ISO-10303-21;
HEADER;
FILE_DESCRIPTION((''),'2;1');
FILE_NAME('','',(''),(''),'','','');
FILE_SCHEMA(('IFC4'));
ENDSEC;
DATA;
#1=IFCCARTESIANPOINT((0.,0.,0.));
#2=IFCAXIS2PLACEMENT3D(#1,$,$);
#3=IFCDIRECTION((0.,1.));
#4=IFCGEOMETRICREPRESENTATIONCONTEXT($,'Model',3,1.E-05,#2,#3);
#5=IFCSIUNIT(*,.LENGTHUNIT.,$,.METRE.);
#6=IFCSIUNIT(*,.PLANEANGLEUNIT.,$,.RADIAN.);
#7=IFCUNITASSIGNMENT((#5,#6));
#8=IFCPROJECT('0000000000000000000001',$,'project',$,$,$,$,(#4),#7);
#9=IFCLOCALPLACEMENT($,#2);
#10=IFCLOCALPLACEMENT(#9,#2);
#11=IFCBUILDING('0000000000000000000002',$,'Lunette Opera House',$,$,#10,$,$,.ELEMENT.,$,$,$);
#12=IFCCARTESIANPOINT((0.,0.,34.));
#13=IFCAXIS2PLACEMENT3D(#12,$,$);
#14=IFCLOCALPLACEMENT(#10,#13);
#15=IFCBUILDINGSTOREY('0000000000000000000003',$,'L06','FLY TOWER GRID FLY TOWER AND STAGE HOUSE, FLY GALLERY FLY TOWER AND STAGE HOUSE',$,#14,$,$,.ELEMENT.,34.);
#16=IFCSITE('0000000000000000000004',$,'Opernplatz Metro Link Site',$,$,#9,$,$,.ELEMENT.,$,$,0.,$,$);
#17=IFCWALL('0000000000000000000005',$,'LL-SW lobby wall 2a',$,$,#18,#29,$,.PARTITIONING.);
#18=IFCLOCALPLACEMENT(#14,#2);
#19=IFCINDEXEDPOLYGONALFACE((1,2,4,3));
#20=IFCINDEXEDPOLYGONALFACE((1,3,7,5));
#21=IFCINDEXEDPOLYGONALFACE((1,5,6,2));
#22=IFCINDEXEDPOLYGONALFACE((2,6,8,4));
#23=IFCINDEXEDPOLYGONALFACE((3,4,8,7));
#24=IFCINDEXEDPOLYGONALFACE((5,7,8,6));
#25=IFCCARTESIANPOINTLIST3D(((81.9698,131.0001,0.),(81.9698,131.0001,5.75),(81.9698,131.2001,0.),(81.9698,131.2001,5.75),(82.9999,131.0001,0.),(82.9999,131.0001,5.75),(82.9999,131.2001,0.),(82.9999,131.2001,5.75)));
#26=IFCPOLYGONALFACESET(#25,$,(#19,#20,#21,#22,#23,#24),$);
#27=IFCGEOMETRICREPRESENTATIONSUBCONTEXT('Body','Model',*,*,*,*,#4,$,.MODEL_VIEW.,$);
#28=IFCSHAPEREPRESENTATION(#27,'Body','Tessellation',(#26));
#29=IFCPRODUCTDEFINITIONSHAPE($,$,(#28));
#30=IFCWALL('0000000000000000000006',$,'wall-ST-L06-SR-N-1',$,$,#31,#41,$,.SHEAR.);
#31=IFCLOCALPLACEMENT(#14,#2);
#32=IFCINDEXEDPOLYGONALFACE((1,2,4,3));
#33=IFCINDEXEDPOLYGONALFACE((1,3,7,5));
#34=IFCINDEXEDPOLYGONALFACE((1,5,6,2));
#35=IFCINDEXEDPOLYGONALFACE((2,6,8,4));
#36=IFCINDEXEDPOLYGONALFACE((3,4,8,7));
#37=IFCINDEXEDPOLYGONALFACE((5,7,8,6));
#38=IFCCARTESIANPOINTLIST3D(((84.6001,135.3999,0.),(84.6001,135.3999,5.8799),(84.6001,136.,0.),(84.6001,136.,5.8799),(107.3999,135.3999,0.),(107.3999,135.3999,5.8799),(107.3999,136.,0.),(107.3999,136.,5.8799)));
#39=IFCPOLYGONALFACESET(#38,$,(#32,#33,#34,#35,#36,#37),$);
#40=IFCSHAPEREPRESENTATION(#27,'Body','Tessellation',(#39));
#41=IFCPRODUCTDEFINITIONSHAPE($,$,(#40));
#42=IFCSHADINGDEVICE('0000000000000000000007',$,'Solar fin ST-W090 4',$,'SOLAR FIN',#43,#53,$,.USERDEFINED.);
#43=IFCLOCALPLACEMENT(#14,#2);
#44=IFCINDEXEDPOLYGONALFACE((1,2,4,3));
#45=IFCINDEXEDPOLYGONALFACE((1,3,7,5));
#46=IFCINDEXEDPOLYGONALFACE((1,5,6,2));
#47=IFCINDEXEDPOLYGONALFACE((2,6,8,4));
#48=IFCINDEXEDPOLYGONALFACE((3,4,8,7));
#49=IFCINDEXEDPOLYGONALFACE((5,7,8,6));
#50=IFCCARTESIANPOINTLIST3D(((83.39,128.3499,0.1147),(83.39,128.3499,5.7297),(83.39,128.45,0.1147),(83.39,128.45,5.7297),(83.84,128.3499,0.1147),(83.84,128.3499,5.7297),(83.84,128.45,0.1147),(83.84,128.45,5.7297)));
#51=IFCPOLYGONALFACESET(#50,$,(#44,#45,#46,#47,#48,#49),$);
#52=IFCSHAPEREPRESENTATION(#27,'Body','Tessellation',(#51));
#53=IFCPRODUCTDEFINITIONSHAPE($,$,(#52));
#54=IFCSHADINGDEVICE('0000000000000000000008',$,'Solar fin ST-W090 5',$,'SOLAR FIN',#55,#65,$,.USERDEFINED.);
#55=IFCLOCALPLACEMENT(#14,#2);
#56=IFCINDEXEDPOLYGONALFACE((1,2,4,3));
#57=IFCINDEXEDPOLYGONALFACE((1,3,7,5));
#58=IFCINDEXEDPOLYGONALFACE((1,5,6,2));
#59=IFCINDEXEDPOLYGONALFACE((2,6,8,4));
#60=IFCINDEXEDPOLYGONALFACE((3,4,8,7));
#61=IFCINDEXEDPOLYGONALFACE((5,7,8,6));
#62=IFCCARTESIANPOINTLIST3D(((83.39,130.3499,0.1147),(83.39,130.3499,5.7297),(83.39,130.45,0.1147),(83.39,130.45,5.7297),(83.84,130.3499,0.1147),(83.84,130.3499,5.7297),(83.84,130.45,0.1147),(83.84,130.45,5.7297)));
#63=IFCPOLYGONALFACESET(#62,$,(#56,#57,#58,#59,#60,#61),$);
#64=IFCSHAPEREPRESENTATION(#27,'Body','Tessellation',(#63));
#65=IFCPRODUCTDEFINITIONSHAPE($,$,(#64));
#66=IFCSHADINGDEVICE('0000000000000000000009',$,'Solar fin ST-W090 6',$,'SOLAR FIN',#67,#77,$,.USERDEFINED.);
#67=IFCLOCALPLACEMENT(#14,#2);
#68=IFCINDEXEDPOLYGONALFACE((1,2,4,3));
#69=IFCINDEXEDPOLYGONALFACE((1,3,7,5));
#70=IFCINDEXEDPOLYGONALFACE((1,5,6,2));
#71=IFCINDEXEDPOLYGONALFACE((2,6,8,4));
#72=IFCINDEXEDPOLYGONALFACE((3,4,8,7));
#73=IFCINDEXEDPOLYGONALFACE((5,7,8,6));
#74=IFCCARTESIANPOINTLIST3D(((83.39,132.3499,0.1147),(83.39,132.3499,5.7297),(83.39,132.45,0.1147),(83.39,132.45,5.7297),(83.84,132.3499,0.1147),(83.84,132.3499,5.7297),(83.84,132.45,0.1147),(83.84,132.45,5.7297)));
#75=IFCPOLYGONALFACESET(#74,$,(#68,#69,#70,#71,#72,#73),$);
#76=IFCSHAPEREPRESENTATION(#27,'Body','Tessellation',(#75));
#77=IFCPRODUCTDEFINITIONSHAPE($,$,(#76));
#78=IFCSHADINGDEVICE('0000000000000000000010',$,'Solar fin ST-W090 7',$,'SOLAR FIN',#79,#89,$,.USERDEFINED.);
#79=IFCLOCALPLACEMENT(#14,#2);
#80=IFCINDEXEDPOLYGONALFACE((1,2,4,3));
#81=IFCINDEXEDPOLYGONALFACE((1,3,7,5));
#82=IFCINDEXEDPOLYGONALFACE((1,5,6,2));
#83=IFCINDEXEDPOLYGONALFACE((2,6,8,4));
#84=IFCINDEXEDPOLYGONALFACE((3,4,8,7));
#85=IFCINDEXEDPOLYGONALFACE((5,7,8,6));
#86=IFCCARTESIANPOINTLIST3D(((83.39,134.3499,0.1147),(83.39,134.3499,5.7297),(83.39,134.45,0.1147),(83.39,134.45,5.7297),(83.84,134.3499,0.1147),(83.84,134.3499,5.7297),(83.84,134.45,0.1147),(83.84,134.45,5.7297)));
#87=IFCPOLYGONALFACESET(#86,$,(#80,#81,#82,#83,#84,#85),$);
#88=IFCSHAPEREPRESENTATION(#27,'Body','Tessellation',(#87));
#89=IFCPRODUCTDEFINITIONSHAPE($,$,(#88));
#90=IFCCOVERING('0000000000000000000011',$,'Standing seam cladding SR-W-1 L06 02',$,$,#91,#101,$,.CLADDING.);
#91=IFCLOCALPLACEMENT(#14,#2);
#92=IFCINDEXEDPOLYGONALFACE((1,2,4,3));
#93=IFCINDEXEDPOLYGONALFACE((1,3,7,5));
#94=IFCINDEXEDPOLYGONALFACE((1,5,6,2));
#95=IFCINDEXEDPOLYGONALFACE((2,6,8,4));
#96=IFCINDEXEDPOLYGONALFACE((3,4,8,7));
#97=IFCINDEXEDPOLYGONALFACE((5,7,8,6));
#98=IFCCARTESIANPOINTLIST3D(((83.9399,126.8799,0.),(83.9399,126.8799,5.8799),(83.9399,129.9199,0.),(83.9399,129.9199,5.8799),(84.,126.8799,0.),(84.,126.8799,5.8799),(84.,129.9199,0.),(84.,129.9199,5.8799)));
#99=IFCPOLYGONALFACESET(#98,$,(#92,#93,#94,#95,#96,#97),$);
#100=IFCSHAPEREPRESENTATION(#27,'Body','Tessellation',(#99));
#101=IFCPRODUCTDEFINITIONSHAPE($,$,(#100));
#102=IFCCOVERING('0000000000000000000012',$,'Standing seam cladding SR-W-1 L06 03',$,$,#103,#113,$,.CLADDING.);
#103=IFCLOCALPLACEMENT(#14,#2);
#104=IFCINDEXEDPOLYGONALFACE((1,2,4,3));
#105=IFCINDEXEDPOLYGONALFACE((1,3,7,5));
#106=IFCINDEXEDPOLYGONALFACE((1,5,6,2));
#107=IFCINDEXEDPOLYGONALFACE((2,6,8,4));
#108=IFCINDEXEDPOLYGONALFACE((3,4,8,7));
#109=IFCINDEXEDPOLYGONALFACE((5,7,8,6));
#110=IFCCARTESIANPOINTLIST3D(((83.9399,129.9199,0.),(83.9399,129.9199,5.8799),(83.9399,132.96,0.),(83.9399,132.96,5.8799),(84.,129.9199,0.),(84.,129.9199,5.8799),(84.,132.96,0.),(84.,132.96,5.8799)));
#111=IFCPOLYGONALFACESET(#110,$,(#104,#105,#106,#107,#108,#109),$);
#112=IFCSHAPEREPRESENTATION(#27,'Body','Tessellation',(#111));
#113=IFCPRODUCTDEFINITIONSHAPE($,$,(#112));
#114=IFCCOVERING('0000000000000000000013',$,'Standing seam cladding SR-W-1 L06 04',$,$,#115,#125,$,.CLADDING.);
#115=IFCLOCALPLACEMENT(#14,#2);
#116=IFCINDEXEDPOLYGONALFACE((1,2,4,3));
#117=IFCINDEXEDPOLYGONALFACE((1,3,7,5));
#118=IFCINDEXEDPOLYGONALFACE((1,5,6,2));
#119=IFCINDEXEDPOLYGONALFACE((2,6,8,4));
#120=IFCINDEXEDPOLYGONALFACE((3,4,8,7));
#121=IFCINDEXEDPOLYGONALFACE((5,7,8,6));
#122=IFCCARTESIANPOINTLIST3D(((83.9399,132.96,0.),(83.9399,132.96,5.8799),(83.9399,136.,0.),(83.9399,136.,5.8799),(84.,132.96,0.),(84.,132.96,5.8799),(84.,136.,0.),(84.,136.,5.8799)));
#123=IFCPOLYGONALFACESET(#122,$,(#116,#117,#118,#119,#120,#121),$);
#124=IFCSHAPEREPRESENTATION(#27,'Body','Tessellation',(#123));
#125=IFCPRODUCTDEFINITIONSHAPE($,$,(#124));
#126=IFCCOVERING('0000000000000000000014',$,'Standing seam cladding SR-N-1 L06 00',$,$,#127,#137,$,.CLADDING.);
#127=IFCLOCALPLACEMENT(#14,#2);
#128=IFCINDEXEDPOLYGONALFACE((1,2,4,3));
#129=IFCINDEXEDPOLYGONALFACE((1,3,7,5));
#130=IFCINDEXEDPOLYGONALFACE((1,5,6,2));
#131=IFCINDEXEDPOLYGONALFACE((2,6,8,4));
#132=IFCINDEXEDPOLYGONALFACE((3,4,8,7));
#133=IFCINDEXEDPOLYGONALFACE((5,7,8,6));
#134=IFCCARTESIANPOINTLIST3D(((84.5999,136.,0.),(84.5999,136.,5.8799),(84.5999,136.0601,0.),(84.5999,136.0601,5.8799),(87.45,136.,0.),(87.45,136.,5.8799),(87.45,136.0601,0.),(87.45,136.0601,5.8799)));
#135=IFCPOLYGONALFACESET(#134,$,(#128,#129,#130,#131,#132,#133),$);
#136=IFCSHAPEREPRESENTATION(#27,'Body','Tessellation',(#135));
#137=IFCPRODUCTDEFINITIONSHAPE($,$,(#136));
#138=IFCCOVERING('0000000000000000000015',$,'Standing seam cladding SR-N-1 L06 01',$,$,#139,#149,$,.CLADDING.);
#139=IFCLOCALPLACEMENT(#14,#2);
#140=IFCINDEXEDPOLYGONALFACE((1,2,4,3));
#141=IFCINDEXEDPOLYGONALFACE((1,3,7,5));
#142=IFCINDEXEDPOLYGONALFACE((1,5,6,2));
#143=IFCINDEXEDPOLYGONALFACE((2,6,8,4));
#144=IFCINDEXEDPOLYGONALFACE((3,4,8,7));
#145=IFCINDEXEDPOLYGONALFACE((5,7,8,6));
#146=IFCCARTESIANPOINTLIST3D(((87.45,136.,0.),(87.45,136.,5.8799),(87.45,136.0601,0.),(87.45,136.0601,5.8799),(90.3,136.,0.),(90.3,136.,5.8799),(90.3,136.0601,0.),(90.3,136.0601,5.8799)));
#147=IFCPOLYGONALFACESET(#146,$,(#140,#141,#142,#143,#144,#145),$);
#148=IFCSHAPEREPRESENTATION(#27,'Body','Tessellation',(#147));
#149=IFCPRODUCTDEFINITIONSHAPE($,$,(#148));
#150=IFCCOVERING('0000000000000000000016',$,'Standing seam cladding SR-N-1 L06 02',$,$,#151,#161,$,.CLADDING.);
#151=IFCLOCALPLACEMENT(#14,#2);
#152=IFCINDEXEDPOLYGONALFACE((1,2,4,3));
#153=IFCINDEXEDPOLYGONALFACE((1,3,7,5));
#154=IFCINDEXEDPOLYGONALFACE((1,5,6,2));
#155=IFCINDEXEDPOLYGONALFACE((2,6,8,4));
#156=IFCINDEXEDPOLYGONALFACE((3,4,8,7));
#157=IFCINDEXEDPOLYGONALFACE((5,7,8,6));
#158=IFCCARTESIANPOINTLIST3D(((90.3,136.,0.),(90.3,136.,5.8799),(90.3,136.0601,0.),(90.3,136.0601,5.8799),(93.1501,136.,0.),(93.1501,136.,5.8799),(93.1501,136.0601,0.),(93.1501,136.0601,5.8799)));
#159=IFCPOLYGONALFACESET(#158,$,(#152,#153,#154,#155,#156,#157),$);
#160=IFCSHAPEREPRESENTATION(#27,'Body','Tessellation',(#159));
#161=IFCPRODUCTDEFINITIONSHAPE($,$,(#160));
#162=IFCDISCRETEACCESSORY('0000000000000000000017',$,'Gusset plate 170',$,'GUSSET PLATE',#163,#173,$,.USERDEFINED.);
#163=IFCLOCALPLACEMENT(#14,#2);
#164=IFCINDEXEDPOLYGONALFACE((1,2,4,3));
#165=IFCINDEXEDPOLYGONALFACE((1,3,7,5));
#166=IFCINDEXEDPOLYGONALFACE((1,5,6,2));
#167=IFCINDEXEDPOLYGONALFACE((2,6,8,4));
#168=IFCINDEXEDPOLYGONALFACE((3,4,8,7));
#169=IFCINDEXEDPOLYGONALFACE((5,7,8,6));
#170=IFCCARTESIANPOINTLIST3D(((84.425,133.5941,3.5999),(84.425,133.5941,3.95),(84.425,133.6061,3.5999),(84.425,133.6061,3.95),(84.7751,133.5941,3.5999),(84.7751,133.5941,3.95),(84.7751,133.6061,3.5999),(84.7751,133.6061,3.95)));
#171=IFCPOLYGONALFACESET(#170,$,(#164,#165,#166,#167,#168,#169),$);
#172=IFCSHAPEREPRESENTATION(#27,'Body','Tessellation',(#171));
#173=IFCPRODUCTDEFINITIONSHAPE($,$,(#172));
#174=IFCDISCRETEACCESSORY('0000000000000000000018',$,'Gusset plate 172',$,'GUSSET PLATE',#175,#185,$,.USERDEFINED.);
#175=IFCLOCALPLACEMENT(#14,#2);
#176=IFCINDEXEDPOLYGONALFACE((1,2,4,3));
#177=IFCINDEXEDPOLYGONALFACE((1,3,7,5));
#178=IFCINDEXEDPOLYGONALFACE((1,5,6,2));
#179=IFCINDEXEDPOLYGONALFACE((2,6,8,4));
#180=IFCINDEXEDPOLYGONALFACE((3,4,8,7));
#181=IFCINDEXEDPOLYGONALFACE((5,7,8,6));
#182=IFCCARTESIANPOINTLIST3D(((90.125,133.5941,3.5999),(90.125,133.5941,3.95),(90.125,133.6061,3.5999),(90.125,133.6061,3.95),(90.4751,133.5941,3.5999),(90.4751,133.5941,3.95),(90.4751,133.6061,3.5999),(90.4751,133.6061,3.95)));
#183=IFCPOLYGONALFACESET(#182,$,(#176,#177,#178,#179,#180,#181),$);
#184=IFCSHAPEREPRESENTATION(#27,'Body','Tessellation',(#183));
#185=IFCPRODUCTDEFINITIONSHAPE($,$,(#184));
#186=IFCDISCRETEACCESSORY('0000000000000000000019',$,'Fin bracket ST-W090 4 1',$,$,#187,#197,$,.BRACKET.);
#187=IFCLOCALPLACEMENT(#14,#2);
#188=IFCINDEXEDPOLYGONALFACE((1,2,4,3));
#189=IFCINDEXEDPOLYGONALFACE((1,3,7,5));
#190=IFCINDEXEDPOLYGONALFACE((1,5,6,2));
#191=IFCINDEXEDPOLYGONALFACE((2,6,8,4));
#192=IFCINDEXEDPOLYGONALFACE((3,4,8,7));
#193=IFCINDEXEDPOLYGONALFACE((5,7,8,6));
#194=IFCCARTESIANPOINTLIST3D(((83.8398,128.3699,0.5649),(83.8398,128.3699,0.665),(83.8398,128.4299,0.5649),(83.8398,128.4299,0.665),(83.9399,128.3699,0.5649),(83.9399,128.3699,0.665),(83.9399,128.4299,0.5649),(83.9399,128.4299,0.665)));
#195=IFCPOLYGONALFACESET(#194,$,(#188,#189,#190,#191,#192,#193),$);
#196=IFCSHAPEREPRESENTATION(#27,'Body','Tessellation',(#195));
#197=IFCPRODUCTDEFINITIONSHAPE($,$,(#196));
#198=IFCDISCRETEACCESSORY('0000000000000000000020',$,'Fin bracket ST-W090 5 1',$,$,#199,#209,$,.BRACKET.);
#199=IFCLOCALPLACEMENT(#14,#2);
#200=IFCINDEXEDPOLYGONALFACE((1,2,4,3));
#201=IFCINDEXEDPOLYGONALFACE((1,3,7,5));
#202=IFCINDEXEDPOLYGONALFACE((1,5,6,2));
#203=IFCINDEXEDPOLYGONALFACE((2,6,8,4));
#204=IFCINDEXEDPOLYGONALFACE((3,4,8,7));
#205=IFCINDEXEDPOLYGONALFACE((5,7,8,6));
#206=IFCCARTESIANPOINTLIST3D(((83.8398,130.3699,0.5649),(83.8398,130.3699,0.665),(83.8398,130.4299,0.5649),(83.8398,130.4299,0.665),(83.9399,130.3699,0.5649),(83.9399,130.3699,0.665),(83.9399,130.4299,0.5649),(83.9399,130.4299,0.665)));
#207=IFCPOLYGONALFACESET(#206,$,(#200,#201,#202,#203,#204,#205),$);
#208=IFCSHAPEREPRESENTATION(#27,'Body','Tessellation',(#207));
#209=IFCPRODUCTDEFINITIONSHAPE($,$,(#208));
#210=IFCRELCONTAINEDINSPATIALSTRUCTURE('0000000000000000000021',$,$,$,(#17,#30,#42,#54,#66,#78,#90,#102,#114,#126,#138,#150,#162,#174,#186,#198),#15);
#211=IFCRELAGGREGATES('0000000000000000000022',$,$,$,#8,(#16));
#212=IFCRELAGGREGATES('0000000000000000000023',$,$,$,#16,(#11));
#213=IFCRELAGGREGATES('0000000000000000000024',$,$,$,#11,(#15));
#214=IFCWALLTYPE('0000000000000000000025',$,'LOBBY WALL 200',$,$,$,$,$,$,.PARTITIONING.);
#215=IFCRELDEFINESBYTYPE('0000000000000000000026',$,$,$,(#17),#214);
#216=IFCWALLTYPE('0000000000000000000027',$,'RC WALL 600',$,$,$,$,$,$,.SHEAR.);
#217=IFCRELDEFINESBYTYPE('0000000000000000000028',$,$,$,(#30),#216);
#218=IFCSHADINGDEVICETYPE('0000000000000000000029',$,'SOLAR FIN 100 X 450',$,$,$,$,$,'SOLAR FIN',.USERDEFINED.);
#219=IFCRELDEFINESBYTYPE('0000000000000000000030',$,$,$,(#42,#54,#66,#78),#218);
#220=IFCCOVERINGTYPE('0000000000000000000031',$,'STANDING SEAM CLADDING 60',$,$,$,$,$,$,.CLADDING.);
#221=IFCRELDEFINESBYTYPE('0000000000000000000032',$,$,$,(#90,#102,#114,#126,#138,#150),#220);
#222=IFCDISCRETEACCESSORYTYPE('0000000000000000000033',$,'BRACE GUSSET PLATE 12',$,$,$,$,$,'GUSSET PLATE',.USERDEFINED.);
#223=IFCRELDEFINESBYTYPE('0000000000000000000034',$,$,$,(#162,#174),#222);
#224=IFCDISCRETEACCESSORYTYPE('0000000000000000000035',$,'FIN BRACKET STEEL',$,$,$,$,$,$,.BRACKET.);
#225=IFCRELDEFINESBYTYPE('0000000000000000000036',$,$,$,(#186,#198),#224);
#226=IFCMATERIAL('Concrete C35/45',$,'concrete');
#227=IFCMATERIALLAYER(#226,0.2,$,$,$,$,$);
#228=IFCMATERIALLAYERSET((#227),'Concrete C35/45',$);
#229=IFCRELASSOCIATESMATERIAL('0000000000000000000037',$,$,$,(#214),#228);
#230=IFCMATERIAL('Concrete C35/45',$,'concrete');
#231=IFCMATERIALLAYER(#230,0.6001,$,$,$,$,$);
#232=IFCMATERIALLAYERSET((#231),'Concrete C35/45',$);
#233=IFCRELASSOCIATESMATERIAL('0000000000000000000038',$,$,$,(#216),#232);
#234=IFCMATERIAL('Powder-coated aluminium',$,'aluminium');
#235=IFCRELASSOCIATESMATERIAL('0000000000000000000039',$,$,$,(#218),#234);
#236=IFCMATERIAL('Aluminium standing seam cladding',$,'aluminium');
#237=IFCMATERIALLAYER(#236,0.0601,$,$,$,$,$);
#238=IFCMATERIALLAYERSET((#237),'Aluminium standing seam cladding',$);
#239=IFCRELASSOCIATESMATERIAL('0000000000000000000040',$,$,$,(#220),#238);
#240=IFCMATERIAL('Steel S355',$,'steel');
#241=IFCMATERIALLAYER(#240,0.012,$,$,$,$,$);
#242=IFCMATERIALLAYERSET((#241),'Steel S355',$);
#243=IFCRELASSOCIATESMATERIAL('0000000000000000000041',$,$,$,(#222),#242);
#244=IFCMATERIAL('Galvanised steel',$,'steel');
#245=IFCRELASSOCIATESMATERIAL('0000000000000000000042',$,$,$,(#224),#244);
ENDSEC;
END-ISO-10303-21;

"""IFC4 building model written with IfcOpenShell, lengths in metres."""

from ifc_helpers import new_model, si_unit, direction, frame, frame_2d, origin, origin_2d, place, context, subcontext, project, spatial, rectangle, extrude, material, layer, layer_set, type_object, element, save


model = new_model("IFC4")

# Units and contexts
model_context = context("Model", 3, precision=1e-05, world=origin(), true_north=direction((0.0, 1.0)))
body_context = subcontext(model_context, "Body", "Model", "MODEL_VIEW")
ifc_project = project(units=[si_unit("LENGTHUNIT", "METRE"), si_unit("PLANEANGLEUNIT", "RADIAN")], contexts=[model_context])

# Site, building, storey
site_placement = place(None, origin())
site = spatial("IfcSite", under=ifc_project, at=site_placement, Name="Opernplatz Metro Link Site", CompositionType="ELEMENT", RefElevation=0.0)
building_placement = place(site_placement, origin())
building = spatial("IfcBuilding", under=site, at=building_placement, Name="Lunette Opera House", CompositionType="ELEMENT")
storey_placement = place(building_placement, frame((0.0, 0.0, 34.0)))
storey = spatial("IfcBuildingStorey", under=building, at=storey_placement, Name="L06", Description="FLY TOWER GRID FLY TOWER AND STAGE HOUSE, FLY GALLERY FLY TOWER AND STAGE HOUSE", CompositionType="ELEMENT", Elevation=34.0)

# Walls
ifc_material_1 = material(Name="Concrete C35/45", Category="concrete")
ifc_layer_1 = layer(ifc_material_1, 0.2)
ifc_layer_set_1 = layer_set([ifc_layer_1], Name="Concrete C35/45")
wall_type_1 = type_object("IfcWallType", Name="LOBBY WALL 200", PredefinedType="PARTITIONING", material=ifc_layer_set_1)
wall_1_placement = place(storey_placement, frame((83.0, 131.1001, 0.0), z_axis=(0.0, 0.0, 1.0), x_axis=(-1.0, 0.0, 0.0)))
element("IfcWall", 1, at=wall_1_placement, inside=storey, type_object=wall_type_1, Name="LL-SW lobby wall 2a", PredefinedType="PARTITIONING", context=body_context, shape_type="SweptSolid", body=[
    extrude(rectangle(XDim=1.03, YDim=0.2, at=frame_2d((0.5151, 0.0))), origin(), (0.0, 0.0, 1.0), 5.75),
])
ifc_material_2 = material(Name="Concrete C35/45", Category="concrete")
ifc_layer_2 = layer(ifc_material_2, 0.6001)
ifc_layer_set_2 = layer_set([ifc_layer_2], Name="Concrete C35/45")
wall_type_2 = type_object("IfcWallType", Name="RC WALL 600", PredefinedType="SHEAR", material=ifc_layer_set_2)
wall_2_placement = place(storey_placement, frame((84.6001, 135.7, 0.0), z_axis=(0.0, 0.0, 1.0), x_axis=(1.0, 0.0, 0.0)))
element("IfcWall", 2, at=wall_2_placement, inside=storey, type_object=wall_type_2, Name="wall-ST-L06-SR-N-1", PredefinedType="SHEAR", context=body_context, shape_type="SweptSolid", body=[
    extrude(rectangle(XDim=22.7998, YDim=0.6001, at=frame_2d((11.3999, 0.0))), origin(), (0.0, 0.0, 1.0), 5.8799),
])

# Shading devices
ifc_material_3 = material(Name="Powder-coated aluminium", Category="aluminium")
shading_device_type = type_object("IfcShadingDeviceType", Name="SOLAR FIN 100 X 450", ElementType="SOLAR FIN", PredefinedType="USERDEFINED", material=ifc_material_3)
for number, where, z_axis, x_axis, name in (
    (3, (83.615, 128.3999, 0.1147), (0.0, 0.0, 1.0), (-1.0, 0.0, 0.0), "Solar fin ST-W090 4"),
    (4, (83.615, 130.3999, 0.1147), (0.0, 0.0, 1.0), (-1.0, 0.0, 0.0), "Solar fin ST-W090 5"),
    (5, (83.615, 132.3999, 0.1147), (0.0, 0.0, 1.0), (-1.0, 0.0, 0.0), "Solar fin ST-W090 6"),
    (6, (83.615, 134.3999, 0.1147), (0.0, 0.0, 1.0), (-1.0, 0.0, 0.0), "Solar fin ST-W090 7"),
):
    element("IfcShadingDevice", number, at=place(storey_placement, frame(where, z_axis=z_axis, x_axis=x_axis)), inside=storey, type_object=shading_device_type, Name=name, ObjectType="SOLAR FIN", PredefinedType="USERDEFINED", context=body_context, shape_type="SweptSolid", body=[
        extrude(rectangle(XDim=0.45, YDim=0.1001, at=origin_2d()), origin(), (0.0, 0.0, 1.0), 5.615),
    ])

# Coverings
ifc_material_4 = material(Name="Aluminium standing seam cladding", Category="aluminium")
ifc_layer_3 = layer(ifc_material_4, 0.0601)
ifc_layer_set_3 = layer_set([ifc_layer_3], Name="Aluminium standing seam cladding")
covering_type = type_object("IfcCoveringType", Name="STANDING SEAM CLADDING 60", PredefinedType="CLADDING", material=ifc_layer_set_3)
for number, where, z_axis, x_axis, name in (
    (7, (83.97, 128.3999, 0.0), (0.0, 0.0, 1.0), (0.0, 1.0, 0.0), "Standing seam cladding SR-W-1 L06 02"),
    (8, (83.97, 131.4399, 0.0), (0.0, 0.0, 1.0), (0.0, 1.0, 0.0), "Standing seam cladding SR-W-1 L06 03"),
    (9, (83.97, 134.48, 0.0), (0.0, 0.0, 1.0), (0.0, 1.0, 0.0), "Standing seam cladding SR-W-1 L06 04"),
):
    element("IfcCovering", number, at=place(storey_placement, frame(where, z_axis=z_axis, x_axis=x_axis)), inside=storey, type_object=covering_type, Name=name, PredefinedType="CLADDING", context=body_context, shape_type="SweptSolid", body=[
        extrude(rectangle(XDim=3.04, YDim=0.0601, at=origin_2d()), origin(), (0.0, 0.0, 1.0), 5.8799),
    ])
for number, where, z_axis, x_axis, name in (
    (10, (86.0249, 136.03, 0.0), (0.0, 0.0, 1.0), (1.0, 0.0, 0.0), "Standing seam cladding SR-N-1 L06 00"),
    (11, (88.875, 136.03, 0.0), (0.0, 0.0, 1.0), (1.0, 0.0, 0.0), "Standing seam cladding SR-N-1 L06 01"),
    (12, (91.7251, 136.03, 0.0), (0.0, 0.0, 1.0), (1.0, 0.0, 0.0), "Standing seam cladding SR-N-1 L06 02"),
):
    element("IfcCovering", number, at=place(storey_placement, frame(where, z_axis=z_axis, x_axis=x_axis)), inside=storey, type_object=covering_type, Name=name, PredefinedType="CLADDING", context=body_context, shape_type="SweptSolid", body=[
        extrude(rectangle(XDim=2.8501, YDim=0.0601, at=origin_2d()), origin(), (0.0, 0.0, 1.0), 5.8799),
    ])

# Discrete accessories
ifc_material_5 = material(Name="Steel S355", Category="steel")
ifc_layer_4 = layer(ifc_material_5, 0.012)
ifc_layer_set_4 = layer_set([ifc_layer_4], Name="Steel S355")
discrete_accessory_type_1 = type_object("IfcDiscreteAccessoryType", Name="BRACE GUSSET PLATE 12", ElementType="GUSSET PLATE", PredefinedType="USERDEFINED", material=ifc_layer_set_4)
for number, where, z_axis, x_axis, name in (
    (13, (84.6001, 133.6001, 3.5999), (0.0, 0.0, 1.0), (1.0, 0.0, 0.0), "Gusset plate 170"),
    (14, (90.3, 133.6001, 3.5999), (0.0, 0.0, 1.0), (1.0, 0.0, 0.0), "Gusset plate 172"),
):
    element("IfcDiscreteAccessory", number, at=place(storey_placement, frame(where, z_axis=z_axis, x_axis=x_axis)), inside=storey, type_object=discrete_accessory_type_1, Name=name, ObjectType="GUSSET PLATE", PredefinedType="USERDEFINED", context=body_context, shape_type="SweptSolid", body=[
        extrude(rectangle(XDim=0.3501, YDim=0.012, at=origin_2d()), origin(), (0.0, 0.0, 1.0), 0.3501),
    ])
ifc_material_6 = material(Name="Galvanised steel", Category="steel")
discrete_accessory_type_2 = type_object("IfcDiscreteAccessoryType", Name="FIN BRACKET STEEL", PredefinedType="BRACKET", material=ifc_material_6)
for number, where, z_axis, x_axis, name in (
    (15, (83.8899, 128.3999, 0.5649), (0.0, 0.0, 1.0), (-1.0, 0.0, 0.0), "Fin bracket ST-W090 4 1"),
    (16, (83.8899, 130.3999, 0.5649), (0.0, 0.0, 1.0), (-1.0, 0.0, 0.0), "Fin bracket ST-W090 5 1"),
):
    element("IfcDiscreteAccessory", number, at=place(storey_placement, frame(where, z_axis=z_axis, x_axis=x_axis)), inside=storey, type_object=discrete_accessory_type_2, Name=name, PredefinedType="BRACKET", context=body_context, shape_type="SweptSolid", body=[
        extrude(rectangle(XDim=0.1001, YDim=0.0601, at=origin_2d()), origin(), (0.0, 0.0, 1.0), 0.1001),
    ])

save(model, "model.ifc")
